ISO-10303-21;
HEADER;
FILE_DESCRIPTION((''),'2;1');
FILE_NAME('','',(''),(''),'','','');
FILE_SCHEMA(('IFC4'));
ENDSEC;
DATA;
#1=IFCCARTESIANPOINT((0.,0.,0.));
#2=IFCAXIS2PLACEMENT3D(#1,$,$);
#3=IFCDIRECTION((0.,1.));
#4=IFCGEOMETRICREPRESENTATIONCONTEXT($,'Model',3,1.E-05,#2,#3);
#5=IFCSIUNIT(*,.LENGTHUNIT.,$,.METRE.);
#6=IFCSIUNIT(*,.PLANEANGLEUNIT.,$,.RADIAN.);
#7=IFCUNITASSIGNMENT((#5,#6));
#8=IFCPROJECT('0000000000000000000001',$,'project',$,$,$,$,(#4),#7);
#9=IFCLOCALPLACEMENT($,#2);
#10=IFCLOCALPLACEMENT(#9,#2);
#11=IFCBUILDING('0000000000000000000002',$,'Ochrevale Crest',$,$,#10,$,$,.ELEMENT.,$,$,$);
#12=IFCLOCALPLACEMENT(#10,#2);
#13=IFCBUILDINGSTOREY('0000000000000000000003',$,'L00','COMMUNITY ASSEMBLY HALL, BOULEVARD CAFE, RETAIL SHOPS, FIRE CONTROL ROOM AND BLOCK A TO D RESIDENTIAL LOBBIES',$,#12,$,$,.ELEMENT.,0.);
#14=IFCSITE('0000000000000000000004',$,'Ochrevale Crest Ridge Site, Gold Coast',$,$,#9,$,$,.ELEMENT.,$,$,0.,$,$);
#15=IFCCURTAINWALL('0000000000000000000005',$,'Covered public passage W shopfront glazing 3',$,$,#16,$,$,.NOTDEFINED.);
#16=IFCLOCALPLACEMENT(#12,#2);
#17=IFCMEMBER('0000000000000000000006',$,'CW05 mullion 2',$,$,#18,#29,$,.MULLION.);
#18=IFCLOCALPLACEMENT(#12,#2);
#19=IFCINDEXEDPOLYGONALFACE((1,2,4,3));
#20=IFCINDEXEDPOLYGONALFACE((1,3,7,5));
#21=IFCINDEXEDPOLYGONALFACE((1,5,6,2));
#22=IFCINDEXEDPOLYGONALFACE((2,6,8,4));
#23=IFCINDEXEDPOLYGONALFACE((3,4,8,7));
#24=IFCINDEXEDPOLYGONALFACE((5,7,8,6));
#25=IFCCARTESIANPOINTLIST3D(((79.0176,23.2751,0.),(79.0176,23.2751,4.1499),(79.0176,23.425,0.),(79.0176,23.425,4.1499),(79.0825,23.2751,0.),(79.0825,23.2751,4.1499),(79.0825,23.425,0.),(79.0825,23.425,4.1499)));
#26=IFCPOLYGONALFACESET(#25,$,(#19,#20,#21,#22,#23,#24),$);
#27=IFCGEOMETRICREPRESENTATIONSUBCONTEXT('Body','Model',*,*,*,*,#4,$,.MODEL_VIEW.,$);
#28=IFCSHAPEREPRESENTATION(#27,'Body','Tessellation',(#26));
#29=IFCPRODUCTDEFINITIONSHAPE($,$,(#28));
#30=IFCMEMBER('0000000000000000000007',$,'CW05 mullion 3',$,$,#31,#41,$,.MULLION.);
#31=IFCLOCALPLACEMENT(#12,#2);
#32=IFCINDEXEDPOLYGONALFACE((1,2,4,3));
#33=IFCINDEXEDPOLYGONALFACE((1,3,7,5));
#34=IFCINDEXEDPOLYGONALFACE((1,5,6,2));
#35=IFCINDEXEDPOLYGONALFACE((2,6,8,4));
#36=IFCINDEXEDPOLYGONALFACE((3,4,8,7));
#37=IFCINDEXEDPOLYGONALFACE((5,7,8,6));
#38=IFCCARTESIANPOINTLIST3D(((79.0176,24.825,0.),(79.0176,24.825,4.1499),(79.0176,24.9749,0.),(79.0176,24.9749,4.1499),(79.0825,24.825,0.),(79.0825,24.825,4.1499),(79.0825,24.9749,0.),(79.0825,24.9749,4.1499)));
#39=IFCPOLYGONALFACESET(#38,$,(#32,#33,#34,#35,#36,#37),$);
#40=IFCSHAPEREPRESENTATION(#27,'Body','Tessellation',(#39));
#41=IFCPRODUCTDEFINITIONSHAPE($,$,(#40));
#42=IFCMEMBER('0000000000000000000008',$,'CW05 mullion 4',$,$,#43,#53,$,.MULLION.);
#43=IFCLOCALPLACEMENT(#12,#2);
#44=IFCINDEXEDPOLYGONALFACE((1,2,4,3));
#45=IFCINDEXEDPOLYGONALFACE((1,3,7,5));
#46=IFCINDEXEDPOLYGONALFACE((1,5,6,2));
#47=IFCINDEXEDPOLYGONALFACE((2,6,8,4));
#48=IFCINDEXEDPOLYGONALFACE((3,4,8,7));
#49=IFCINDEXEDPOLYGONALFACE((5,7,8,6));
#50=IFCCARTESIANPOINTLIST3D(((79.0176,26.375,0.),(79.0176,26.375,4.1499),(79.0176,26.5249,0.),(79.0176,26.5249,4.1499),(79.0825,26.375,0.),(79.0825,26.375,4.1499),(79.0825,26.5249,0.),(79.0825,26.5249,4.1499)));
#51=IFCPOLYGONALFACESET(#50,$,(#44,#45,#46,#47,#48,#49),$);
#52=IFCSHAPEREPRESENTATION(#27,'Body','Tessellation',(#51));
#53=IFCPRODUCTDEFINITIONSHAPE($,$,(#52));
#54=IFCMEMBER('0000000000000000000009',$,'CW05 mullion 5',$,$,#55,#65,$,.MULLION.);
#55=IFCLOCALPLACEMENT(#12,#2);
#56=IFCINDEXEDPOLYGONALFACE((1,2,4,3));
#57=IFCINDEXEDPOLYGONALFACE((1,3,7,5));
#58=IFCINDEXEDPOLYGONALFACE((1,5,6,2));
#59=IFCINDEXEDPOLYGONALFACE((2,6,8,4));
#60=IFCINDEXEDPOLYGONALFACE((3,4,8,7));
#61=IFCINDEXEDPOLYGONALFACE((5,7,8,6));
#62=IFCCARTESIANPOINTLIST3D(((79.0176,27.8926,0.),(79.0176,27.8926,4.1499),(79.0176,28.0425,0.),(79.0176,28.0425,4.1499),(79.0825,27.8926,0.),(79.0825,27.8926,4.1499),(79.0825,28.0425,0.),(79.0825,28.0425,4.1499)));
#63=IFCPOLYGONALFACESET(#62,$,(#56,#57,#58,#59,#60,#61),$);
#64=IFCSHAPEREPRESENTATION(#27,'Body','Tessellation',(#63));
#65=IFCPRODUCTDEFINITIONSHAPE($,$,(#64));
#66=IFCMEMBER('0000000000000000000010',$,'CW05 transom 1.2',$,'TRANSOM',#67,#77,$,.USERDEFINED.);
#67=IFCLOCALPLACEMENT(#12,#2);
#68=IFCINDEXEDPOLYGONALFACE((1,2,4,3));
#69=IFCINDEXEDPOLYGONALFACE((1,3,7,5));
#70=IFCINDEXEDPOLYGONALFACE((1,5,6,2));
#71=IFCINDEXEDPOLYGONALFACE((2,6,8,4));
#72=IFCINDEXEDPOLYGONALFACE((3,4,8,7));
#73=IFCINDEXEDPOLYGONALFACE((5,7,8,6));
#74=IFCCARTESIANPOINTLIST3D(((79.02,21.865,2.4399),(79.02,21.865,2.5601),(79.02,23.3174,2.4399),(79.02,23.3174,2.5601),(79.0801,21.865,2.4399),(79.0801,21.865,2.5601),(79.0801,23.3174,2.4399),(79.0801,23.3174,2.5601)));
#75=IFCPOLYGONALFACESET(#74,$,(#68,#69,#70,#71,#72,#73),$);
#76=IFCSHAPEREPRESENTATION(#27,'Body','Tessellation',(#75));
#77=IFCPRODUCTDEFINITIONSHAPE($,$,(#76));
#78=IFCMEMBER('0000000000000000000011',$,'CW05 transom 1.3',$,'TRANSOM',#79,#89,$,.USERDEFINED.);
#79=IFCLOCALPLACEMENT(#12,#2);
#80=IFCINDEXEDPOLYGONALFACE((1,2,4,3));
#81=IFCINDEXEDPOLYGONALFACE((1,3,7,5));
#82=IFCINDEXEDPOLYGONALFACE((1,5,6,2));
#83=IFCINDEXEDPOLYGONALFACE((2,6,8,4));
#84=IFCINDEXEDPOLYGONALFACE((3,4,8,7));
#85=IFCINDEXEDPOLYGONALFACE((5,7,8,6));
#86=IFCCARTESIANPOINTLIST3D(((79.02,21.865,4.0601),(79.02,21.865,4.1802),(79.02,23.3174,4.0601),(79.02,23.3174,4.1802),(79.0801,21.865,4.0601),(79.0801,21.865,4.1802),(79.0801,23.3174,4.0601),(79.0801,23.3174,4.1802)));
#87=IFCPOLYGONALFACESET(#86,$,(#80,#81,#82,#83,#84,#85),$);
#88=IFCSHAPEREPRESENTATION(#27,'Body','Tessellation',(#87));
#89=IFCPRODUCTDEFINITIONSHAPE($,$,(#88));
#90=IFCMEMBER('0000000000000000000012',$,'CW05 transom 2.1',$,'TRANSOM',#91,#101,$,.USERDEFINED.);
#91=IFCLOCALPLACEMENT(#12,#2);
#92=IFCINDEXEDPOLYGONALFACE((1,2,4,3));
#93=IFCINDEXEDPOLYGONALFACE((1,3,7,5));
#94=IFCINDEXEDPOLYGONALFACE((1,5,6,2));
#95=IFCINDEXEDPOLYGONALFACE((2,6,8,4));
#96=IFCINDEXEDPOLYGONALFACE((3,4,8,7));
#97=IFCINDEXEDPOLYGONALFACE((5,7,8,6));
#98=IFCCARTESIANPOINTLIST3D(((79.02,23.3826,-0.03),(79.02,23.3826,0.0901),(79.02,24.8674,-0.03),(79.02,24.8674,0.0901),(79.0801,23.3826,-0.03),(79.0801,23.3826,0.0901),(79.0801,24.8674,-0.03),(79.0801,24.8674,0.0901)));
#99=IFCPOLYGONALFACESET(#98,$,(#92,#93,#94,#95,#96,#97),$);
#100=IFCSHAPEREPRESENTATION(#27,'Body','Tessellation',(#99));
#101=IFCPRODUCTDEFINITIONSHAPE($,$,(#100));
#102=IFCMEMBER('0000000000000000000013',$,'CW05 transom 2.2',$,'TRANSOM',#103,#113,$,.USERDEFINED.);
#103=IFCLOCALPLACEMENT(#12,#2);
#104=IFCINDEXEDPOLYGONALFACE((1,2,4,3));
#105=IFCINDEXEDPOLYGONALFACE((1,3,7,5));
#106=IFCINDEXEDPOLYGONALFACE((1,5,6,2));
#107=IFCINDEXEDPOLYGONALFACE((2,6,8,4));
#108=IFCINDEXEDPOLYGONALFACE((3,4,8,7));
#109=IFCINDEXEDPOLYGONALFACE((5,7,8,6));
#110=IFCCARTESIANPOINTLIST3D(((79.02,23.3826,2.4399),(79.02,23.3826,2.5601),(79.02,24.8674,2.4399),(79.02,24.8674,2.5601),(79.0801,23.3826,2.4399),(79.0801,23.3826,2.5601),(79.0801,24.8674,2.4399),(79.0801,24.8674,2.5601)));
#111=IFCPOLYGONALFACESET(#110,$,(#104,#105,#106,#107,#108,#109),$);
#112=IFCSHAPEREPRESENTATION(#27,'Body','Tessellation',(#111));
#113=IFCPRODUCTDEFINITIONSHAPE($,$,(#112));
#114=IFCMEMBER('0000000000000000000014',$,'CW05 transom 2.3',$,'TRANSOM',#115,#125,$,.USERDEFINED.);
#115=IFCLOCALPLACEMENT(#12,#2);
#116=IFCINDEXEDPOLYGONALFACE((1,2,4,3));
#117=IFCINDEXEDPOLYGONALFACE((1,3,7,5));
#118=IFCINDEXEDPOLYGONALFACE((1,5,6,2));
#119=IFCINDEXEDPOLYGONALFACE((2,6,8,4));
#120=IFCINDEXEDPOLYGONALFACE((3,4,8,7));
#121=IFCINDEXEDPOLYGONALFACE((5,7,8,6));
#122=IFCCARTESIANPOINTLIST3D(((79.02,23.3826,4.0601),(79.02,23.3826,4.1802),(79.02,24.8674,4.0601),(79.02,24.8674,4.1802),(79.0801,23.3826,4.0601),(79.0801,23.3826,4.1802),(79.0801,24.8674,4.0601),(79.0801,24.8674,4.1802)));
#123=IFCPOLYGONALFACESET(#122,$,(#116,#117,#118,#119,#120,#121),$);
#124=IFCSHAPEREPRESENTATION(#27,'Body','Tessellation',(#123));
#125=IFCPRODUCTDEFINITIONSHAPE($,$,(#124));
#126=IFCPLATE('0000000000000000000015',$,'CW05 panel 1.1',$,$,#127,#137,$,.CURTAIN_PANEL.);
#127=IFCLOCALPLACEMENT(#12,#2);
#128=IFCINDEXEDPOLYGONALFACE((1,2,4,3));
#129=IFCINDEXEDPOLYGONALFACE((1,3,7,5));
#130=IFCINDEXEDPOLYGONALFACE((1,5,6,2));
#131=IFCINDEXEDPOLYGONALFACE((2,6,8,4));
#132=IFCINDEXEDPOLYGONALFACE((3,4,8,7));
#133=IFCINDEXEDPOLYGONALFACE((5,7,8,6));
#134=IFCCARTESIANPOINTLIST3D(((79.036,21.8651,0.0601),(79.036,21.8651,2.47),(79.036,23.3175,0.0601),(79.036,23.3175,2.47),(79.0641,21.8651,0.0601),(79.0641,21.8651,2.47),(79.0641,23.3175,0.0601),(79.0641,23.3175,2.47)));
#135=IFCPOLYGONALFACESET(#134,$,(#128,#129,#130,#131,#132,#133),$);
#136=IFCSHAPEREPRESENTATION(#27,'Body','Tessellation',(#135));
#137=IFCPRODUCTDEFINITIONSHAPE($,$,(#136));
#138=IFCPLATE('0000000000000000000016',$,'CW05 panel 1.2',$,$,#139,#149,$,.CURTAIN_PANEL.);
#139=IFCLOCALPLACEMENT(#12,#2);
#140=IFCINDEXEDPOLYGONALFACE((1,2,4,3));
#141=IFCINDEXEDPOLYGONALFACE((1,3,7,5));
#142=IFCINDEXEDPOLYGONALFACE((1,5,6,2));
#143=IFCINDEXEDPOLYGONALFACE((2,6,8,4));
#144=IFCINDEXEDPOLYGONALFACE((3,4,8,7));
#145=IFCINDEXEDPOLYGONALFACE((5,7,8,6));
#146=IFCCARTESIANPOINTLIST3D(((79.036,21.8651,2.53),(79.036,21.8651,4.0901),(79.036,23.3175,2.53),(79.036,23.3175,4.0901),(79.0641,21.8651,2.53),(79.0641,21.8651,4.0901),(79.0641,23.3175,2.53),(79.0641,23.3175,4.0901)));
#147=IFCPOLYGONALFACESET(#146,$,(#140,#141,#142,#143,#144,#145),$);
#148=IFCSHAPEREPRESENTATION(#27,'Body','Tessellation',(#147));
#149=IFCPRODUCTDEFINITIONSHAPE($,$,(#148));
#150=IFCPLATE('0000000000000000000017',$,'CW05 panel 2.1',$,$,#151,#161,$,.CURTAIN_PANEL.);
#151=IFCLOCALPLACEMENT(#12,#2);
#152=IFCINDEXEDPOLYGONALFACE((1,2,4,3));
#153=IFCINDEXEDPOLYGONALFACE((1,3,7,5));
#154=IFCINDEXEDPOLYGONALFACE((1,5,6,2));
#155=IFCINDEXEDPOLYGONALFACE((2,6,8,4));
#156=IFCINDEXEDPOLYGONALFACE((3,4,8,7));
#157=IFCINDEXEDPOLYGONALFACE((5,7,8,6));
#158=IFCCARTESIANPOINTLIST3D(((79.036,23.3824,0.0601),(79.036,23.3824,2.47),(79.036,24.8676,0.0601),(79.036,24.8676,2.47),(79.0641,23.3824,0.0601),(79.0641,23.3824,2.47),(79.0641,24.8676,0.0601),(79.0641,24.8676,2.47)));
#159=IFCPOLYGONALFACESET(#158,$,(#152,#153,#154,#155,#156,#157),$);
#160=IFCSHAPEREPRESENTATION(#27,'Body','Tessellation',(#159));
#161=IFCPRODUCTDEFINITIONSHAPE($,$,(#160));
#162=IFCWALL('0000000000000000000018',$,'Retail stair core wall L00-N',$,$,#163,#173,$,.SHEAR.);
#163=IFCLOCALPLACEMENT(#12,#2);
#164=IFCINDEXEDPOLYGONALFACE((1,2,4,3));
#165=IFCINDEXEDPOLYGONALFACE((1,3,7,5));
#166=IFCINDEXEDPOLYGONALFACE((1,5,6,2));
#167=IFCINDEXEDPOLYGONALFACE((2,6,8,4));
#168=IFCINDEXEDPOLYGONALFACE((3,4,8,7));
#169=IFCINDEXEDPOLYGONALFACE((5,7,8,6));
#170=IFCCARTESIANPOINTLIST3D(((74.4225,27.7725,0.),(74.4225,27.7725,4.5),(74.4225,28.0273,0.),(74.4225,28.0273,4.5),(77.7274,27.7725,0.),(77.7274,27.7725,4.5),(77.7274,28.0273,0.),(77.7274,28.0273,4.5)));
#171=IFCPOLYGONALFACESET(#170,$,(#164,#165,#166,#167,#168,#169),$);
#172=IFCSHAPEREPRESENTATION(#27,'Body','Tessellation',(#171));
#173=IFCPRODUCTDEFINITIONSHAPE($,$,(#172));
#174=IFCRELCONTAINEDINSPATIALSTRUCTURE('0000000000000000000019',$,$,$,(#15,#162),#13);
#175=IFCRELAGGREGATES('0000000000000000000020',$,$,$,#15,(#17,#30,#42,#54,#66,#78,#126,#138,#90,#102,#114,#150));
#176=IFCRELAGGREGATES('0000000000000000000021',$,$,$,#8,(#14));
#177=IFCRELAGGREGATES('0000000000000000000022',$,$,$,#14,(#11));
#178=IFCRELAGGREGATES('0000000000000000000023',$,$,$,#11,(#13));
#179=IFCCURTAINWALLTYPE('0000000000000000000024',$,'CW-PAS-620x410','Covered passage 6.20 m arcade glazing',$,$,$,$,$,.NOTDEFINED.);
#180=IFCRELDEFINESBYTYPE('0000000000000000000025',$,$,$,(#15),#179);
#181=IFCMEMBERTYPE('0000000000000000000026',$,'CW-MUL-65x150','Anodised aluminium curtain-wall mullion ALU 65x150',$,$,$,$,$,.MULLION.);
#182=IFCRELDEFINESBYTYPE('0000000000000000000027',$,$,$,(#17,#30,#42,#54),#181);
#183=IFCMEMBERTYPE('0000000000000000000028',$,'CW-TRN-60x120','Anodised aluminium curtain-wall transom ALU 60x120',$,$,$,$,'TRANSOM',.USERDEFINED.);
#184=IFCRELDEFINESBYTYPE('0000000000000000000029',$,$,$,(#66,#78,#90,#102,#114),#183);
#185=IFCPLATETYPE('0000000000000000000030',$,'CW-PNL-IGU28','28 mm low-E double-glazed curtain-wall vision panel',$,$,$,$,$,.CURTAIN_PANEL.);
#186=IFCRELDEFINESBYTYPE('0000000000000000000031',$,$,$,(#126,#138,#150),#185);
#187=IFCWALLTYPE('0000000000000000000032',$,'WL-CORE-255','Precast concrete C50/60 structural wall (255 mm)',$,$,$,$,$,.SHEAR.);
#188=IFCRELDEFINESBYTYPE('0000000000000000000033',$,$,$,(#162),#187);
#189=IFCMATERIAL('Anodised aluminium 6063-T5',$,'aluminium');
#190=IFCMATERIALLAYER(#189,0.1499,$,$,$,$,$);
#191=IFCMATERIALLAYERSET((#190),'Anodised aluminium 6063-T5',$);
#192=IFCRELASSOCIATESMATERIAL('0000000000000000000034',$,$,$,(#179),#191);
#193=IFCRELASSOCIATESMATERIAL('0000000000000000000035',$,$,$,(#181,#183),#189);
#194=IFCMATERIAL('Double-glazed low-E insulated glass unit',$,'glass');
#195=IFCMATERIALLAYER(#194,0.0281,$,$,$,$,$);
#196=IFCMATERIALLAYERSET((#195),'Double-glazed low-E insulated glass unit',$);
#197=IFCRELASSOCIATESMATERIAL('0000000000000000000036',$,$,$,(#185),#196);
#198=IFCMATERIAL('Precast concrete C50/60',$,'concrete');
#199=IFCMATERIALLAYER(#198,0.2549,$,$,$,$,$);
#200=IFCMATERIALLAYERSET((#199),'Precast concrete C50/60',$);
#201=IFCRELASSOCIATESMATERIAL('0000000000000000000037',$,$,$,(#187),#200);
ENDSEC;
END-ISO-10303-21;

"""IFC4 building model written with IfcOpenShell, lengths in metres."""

from ifc_helpers import new_model, si_unit, direction, frame, frame_2d, origin, origin_2d, place, context, subcontext, project, spatial, rectangle, extrude, material, layer, layer_set, material_profile, profile_set, type_object, element, aggregate, save


model = new_model("IFC4")

# Units and contexts
model_context = context("Model", 3, precision=1e-05, world=origin(), true_north=direction((0.0, 1.0)))
body_context = subcontext(model_context, "Body", "Model", "MODEL_VIEW")
ifc_project = project(units=[si_unit("LENGTHUNIT", "METRE"), si_unit("PLANEANGLEUNIT", "RADIAN")], contexts=[model_context])

# Site, building, storey
site_placement = place(None, origin())
site = spatial("IfcSite", under=ifc_project, at=site_placement, Name="Ochrevale Crest Ridge Site, Gold Coast", CompositionType="ELEMENT", RefElevation=0.0)
building_placement = place(site_placement, origin())
building = spatial("IfcBuilding", under=site, at=building_placement, Name="Ochrevale Crest", CompositionType="ELEMENT")
storey_placement = place(building_placement, origin())
storey = spatial("IfcBuildingStorey", under=building, at=storey_placement, Name="L00", Description="COMMUNITY ASSEMBLY HALL, BOULEVARD CAFE, RETAIL SHOPS, FIRE CONTROL ROOM AND BLOCK A TO D RESIDENTIAL LOBBIES", CompositionType="ELEMENT", Elevation=0.0)

# Curtain wall, members, plates
ifc_material_1 = material(Name="Anodised aluminium 6063-T5", Category="aluminium")
ifc_layer_1 = layer(ifc_material_1, 0.1499)
ifc_layer_set_1 = layer_set([ifc_layer_1], Name="Anodised aluminium 6063-T5")
curtain_wall_type = type_object("IfcCurtainWallType", Name="CW-PAS-620x410", Description="Covered passage 6.20 m arcade glazing", PredefinedType="NOTDEFINED", material=ifc_layer_set_1)
curtain_wall_placement = place(storey_placement, origin())
curtain_wall = element("IfcCurtainWall", 1, at=curtain_wall_placement, inside=storey, type_object=curtain_wall_type, Name="Covered public passage W shopfront glazing 3", PredefinedType="NOTDEFINED")
ifc_material_profile_1 = material_profile(ifc_material_1, rectangle(XDim=0.0649, YDim=0.1499, at=origin_2d()), Name="ALU 65x150")
ifc_profile_set_1 = profile_set([ifc_material_profile_1], Name="Anodised aluminium 6063-T5")
member_type_1 = type_object("IfcMemberType", Name="CW-MUL-65x150", Description="Anodised aluminium curtain-wall mullion ALU 65x150", PredefinedType="MULLION", material=ifc_profile_set_1)
member_1_placement = place(storey_placement, frame((79.05, 23.3501, 0.0), z_axis=(0.0, 0.0, 1.0), x_axis=(-1.0, 0.0, 0.0)))
member_1 = element("IfcMember", 2, at=member_1_placement, type_object=member_type_1, Name="CW05 mullion 2", PredefinedType="MULLION", context=body_context, shape_type="SweptSolid", body=[
    extrude(rectangle(XDim=0.0649, YDim=0.1499, at=origin_2d()), origin(), (0.0, 0.0, 1.0), 4.1499),
])
member_2_placement = place(storey_placement, frame((79.05, 24.8999, 0.0), z_axis=(0.0, 0.0, 1.0), x_axis=(-1.0, 0.0, 0.0)))
member_2 = element("IfcMember", 3, at=member_2_placement, type_object=member_type_1, Name="CW05 mullion 3", PredefinedType="MULLION", context=body_context, shape_type="SweptSolid", body=[
    extrude(rectangle(XDim=0.0649, YDim=0.1499, at=origin_2d()), origin(), (0.0, 0.0, 1.0), 4.1499),
])
member_3_placement = place(storey_placement, frame((79.05, 26.45, 0.0), z_axis=(0.0, 0.0, 1.0), x_axis=(-1.0, 0.0, 0.0)))
member_3 = element("IfcMember", 4, at=member_3_placement, type_object=member_type_1, Name="CW05 mullion 4", PredefinedType="MULLION", context=body_context, shape_type="SweptSolid", body=[
    extrude(rectangle(XDim=0.0649, YDim=0.1499, at=origin_2d()), origin(), (0.0, 0.0, 1.0), 4.1499),
])
member_4_placement = place(storey_placement, frame((79.05, 27.9675, 0.0), z_axis=(0.0, 0.0, 1.0), x_axis=(-1.0, 0.0, 0.0)))
member_4 = element("IfcMember", 5, at=member_4_placement, type_object=member_type_1, Name="CW05 mullion 5", PredefinedType="MULLION", context=body_context, shape_type="SweptSolid", body=[
    extrude(rectangle(XDim=0.0649, YDim=0.1499, at=origin_2d()), origin(), (0.0, 0.0, 1.0), 4.1499),
])
ifc_material_profile_2 = material_profile(ifc_material_1, rectangle(XDim=0.0601, YDim=0.1201, at=origin_2d()), Name="ALU 60x120")
ifc_profile_set_2 = profile_set([ifc_material_profile_2], Name="Anodised aluminium 6063-T5")
member_type_2 = type_object("IfcMemberType", Name="CW-TRN-60x120", Description="Anodised aluminium curtain-wall transom ALU 60x120", ElementType="TRANSOM", PredefinedType="USERDEFINED", material=ifc_profile_set_2)
member_5_placement = place(storey_placement, frame((79.05, 21.865, 2.5), z_axis=(0.0, 1.0, 0.0), x_axis=(-1.0, 0.0, 0.0)))
member_5 = element("IfcMember", 6, at=member_5_placement, type_object=member_type_2, Name="CW05 transom 1.2", ObjectType="TRANSOM", PredefinedType="USERDEFINED", context=body_context, shape_type="SweptSolid", body=[
    extrude(rectangle(XDim=0.0601, YDim=0.1201, at=origin_2d()), origin(), (0.0, 0.0, 1.0), 1.4524),
])
member_6_placement = place(storey_placement, frame((79.05, 21.865, 4.1201), z_axis=(0.0, 1.0, 0.0), x_axis=(-1.0, 0.0, 0.0)))
member_6 = element("IfcMember", 7, at=member_6_placement, type_object=member_type_2, Name="CW05 transom 1.3", ObjectType="TRANSOM", PredefinedType="USERDEFINED", context=body_context, shape_type="SweptSolid", body=[
    extrude(rectangle(XDim=0.0601, YDim=0.1201, at=origin_2d()), origin(), (0.0, 0.0, 1.0), 1.4524),
])
member_7_placement = place(storey_placement, frame((79.05, 23.3826, 0.03), z_axis=(0.0, 1.0, 0.0), x_axis=(-1.0, 0.0, 0.0)))
member_7 = element("IfcMember", 8, at=member_7_placement, type_object=member_type_2, Name="CW05 transom 2.1", ObjectType="TRANSOM", PredefinedType="USERDEFINED", context=body_context, shape_type="SweptSolid", body=[
    extrude(rectangle(XDim=0.0601, YDim=0.1201, at=origin_2d()), origin(), (0.0, 0.0, 1.0), 1.4849),
])
member_8_placement = place(storey_placement, frame((79.05, 23.3826, 2.5), z_axis=(0.0, 1.0, 0.0), x_axis=(-1.0, 0.0, 0.0)))
member_8 = element("IfcMember", 9, at=member_8_placement, type_object=member_type_2, Name="CW05 transom 2.2", ObjectType="TRANSOM", PredefinedType="USERDEFINED", context=body_context, shape_type="SweptSolid", body=[
    extrude(rectangle(XDim=0.0601, YDim=0.1201, at=origin_2d()), origin(), (0.0, 0.0, 1.0), 1.4849),
])
member_9_placement = place(storey_placement, frame((79.05, 23.3826, 4.1201), z_axis=(0.0, 1.0, 0.0), x_axis=(-1.0, 0.0, 0.0)))
member_9 = element("IfcMember", 10, at=member_9_placement, type_object=member_type_2, Name="CW05 transom 2.3", ObjectType="TRANSOM", PredefinedType="USERDEFINED", context=body_context, shape_type="SweptSolid", body=[
    extrude(rectangle(XDim=0.0601, YDim=0.1201, at=origin_2d()), origin(), (0.0, 0.0, 1.0), 1.4849),
])
ifc_material_2 = material(Name="Double-glazed low-E insulated glass unit", Category="glass")
ifc_layer_2 = layer(ifc_material_2, 0.0281)
ifc_layer_set_2 = layer_set([ifc_layer_2], Name="Double-glazed low-E insulated glass unit")
plate_type = type_object("IfcPlateType", Name="CW-PNL-IGU28", Description="28 mm low-E double-glazed curtain-wall vision panel", PredefinedType="CURTAIN_PANEL", material=ifc_layer_set_2)
plate_1_placement = place(storey_placement, frame((79.05, 22.5913, 0.0601), z_axis=(0.0, 0.0, 1.0), x_axis=(0.0, 1.0, 0.0)))
plate_1 = element("IfcPlate", 11, at=plate_1_placement, type_object=plate_type, Name="CW05 panel 1.1", PredefinedType="CURTAIN_PANEL", context=body_context, shape_type="SweptSolid", body=[
    extrude(rectangle(XDim=1.4524, YDim=0.0281, at=origin_2d()), origin(), (0.0, 0.0, 1.0), 2.4099),
])
plate_2_placement = place(storey_placement, frame((79.05, 22.5913, 2.53), z_axis=(0.0, 0.0, 1.0), x_axis=(0.0, 1.0, 0.0)))
plate_2 = element("IfcPlate", 12, at=plate_2_placement, type_object=plate_type, Name="CW05 panel 1.2", PredefinedType="CURTAIN_PANEL", context=body_context, shape_type="SweptSolid", body=[
    extrude(rectangle(XDim=1.4524, YDim=0.0281, at=origin_2d()), origin(), (0.0, 0.0, 1.0), 1.5601),
])
plate_3_placement = place(storey_placement, frame((79.05, 24.125, 0.0601), z_axis=(0.0, 0.0, 1.0), x_axis=(0.0, 1.0, 0.0)))
plate_3 = element("IfcPlate", 13, at=plate_3_placement, type_object=plate_type, Name="CW05 panel 2.1", PredefinedType="CURTAIN_PANEL", context=body_context, shape_type="SweptSolid", body=[
    extrude(rectangle(XDim=1.4851, YDim=0.0281, at=origin_2d()), origin(), (0.0, 0.0, 1.0), 2.4099),
])
aggregate(curtain_wall, [member_1, member_2, member_3, member_4, member_5, member_6, plate_1, plate_2, member_7, member_8, member_9, plate_3])

# Wall
ifc_material_3 = material(Name="Precast concrete C50/60", Category="concrete")
ifc_layer_3 = layer(ifc_material_3, 0.2549)
ifc_layer_set_3 = layer_set([ifc_layer_3], Name="Precast concrete C50/60")
wall_type = type_object("IfcWallType", Name="WL-CORE-255", Description="Precast concrete C50/60 structural wall (255 mm)", PredefinedType="SHEAR", material=ifc_layer_set_3)
wall_placement = place(storey_placement, frame((74.4226, 27.8999, 0.0), z_axis=(0.0, 0.0, 1.0), x_axis=(1.0, 0.0, 0.0)))
element("IfcWall", 14, at=wall_placement, inside=storey, type_object=wall_type, Name="Retail stair core wall L00-N", PredefinedType="SHEAR", context=body_context, shape_type="SweptSolid", body=[
    extrude(rectangle(XDim=3.3049, YDim=0.2549, at=frame_2d((1.6523, 0.0))), origin(), (0.0, 0.0, 1.0), 4.5),
])

save(model, "model.ifc")
